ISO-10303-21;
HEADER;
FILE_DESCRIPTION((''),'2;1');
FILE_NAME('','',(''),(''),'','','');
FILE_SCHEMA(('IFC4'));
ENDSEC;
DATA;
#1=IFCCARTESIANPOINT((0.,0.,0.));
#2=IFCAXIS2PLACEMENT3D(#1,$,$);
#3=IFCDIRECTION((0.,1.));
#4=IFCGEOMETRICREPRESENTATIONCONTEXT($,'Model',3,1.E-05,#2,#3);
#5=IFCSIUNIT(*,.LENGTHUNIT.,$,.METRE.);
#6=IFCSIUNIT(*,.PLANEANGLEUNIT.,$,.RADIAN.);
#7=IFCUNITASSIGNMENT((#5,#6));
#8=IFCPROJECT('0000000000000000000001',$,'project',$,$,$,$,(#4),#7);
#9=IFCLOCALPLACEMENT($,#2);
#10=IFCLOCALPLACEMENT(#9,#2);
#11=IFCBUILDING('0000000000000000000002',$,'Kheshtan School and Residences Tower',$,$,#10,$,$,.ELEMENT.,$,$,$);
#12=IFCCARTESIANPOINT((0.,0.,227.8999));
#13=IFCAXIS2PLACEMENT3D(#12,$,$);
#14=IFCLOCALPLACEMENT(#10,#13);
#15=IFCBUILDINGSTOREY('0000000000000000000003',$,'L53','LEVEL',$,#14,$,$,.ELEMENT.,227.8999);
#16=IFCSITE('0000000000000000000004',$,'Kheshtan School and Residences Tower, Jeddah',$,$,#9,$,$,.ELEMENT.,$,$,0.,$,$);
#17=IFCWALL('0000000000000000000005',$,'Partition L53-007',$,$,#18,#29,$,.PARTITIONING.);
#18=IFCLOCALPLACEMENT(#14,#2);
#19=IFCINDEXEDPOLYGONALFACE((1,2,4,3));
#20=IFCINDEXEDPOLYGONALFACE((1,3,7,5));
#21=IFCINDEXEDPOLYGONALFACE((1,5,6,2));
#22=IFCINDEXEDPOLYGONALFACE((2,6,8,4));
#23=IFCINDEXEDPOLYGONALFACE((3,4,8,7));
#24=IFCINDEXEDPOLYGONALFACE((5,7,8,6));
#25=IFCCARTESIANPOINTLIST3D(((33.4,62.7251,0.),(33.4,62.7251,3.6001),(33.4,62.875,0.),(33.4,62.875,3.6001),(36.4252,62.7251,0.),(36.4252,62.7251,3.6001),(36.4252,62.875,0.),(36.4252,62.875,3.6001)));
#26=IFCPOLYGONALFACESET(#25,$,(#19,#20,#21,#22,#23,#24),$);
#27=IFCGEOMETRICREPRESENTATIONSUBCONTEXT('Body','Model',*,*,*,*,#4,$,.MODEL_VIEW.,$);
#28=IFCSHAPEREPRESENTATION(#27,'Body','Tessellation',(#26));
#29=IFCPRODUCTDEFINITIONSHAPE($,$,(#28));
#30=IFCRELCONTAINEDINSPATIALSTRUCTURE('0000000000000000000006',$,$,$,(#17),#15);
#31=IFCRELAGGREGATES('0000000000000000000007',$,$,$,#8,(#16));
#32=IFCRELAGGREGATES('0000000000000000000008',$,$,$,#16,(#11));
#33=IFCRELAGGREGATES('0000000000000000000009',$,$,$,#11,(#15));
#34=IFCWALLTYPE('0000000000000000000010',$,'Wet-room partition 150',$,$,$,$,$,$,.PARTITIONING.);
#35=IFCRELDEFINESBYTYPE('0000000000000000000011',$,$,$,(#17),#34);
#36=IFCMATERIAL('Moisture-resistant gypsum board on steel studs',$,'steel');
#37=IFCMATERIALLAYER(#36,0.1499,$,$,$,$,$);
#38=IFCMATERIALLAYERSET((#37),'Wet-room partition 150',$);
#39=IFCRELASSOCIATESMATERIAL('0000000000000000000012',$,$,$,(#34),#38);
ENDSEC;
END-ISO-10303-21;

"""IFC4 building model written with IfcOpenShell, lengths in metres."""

from ifc_helpers import new_model, si_unit, direction, frame, frame_2d, origin, place, context, subcontext, project, spatial, rectangle, extrude, material, layer, layer_set, type_object, element, save


model = new_model("IFC4")

# Units and contexts
model_context = context("Model", 3, precision=1e-05, world=origin(), true_north=direction((0.0, 1.0)))
body_context = subcontext(model_context, "Body", "Model", "MODEL_VIEW")
ifc_project = project(units=[si_unit("LENGTHUNIT", "METRE"), si_unit("PLANEANGLEUNIT", "RADIAN")], contexts=[model_context])

# Site, building, storey
site_placement = place(None, origin())
site = spatial("IfcSite", under=ifc_project, at=site_placement, Name="Kheshtan School and Residences Tower, Jeddah", CompositionType="ELEMENT", RefElevation=0.0)
building_placement = place(site_placement, origin())
building = spatial("IfcBuilding", under=site, at=building_placement, Name="Kheshtan School and Residences Tower", CompositionType="ELEMENT")
storey_placement = place(building_placement, frame((0.0, 0.0, 227.8999)))
storey = spatial("IfcBuildingStorey", under=building, at=storey_placement, Name="L53", Description="LEVEL", CompositionType="ELEMENT", Elevation=227.8999)

# Wall
ifc_material_1 = material(Name="Moisture-resistant gypsum board on steel studs", Category="steel")
ifc_layer_1 = layer(ifc_material_1, 0.1499)
ifc_layer_set_1 = layer_set([ifc_layer_1], Name="Wet-room partition 150")
wall_type_1 = type_object("IfcWallType", Name="Wet-room partition 150", PredefinedType="PARTITIONING", material=ifc_layer_set_1)
wall_1_placement = place(storey_placement, frame((33.3999, 62.8, 0.0), z_axis=(0.0, 0.0, 1.0), x_axis=(1.0, 0.0, 0.0)))
element("IfcWall", 1, at=wall_1_placement, inside=storey, type_object=wall_type_1, Name="Partition L53-007", PredefinedType="PARTITIONING", context=body_context, shape_type="SweptSolid", body=[
    extrude(rectangle(XDim=3.0251, YDim=0.1499, at=frame_2d((1.5127, 0.0))), origin(), (0.0, 0.0, 1.0), 3.6001),
])

save(model, "model.ifc")
